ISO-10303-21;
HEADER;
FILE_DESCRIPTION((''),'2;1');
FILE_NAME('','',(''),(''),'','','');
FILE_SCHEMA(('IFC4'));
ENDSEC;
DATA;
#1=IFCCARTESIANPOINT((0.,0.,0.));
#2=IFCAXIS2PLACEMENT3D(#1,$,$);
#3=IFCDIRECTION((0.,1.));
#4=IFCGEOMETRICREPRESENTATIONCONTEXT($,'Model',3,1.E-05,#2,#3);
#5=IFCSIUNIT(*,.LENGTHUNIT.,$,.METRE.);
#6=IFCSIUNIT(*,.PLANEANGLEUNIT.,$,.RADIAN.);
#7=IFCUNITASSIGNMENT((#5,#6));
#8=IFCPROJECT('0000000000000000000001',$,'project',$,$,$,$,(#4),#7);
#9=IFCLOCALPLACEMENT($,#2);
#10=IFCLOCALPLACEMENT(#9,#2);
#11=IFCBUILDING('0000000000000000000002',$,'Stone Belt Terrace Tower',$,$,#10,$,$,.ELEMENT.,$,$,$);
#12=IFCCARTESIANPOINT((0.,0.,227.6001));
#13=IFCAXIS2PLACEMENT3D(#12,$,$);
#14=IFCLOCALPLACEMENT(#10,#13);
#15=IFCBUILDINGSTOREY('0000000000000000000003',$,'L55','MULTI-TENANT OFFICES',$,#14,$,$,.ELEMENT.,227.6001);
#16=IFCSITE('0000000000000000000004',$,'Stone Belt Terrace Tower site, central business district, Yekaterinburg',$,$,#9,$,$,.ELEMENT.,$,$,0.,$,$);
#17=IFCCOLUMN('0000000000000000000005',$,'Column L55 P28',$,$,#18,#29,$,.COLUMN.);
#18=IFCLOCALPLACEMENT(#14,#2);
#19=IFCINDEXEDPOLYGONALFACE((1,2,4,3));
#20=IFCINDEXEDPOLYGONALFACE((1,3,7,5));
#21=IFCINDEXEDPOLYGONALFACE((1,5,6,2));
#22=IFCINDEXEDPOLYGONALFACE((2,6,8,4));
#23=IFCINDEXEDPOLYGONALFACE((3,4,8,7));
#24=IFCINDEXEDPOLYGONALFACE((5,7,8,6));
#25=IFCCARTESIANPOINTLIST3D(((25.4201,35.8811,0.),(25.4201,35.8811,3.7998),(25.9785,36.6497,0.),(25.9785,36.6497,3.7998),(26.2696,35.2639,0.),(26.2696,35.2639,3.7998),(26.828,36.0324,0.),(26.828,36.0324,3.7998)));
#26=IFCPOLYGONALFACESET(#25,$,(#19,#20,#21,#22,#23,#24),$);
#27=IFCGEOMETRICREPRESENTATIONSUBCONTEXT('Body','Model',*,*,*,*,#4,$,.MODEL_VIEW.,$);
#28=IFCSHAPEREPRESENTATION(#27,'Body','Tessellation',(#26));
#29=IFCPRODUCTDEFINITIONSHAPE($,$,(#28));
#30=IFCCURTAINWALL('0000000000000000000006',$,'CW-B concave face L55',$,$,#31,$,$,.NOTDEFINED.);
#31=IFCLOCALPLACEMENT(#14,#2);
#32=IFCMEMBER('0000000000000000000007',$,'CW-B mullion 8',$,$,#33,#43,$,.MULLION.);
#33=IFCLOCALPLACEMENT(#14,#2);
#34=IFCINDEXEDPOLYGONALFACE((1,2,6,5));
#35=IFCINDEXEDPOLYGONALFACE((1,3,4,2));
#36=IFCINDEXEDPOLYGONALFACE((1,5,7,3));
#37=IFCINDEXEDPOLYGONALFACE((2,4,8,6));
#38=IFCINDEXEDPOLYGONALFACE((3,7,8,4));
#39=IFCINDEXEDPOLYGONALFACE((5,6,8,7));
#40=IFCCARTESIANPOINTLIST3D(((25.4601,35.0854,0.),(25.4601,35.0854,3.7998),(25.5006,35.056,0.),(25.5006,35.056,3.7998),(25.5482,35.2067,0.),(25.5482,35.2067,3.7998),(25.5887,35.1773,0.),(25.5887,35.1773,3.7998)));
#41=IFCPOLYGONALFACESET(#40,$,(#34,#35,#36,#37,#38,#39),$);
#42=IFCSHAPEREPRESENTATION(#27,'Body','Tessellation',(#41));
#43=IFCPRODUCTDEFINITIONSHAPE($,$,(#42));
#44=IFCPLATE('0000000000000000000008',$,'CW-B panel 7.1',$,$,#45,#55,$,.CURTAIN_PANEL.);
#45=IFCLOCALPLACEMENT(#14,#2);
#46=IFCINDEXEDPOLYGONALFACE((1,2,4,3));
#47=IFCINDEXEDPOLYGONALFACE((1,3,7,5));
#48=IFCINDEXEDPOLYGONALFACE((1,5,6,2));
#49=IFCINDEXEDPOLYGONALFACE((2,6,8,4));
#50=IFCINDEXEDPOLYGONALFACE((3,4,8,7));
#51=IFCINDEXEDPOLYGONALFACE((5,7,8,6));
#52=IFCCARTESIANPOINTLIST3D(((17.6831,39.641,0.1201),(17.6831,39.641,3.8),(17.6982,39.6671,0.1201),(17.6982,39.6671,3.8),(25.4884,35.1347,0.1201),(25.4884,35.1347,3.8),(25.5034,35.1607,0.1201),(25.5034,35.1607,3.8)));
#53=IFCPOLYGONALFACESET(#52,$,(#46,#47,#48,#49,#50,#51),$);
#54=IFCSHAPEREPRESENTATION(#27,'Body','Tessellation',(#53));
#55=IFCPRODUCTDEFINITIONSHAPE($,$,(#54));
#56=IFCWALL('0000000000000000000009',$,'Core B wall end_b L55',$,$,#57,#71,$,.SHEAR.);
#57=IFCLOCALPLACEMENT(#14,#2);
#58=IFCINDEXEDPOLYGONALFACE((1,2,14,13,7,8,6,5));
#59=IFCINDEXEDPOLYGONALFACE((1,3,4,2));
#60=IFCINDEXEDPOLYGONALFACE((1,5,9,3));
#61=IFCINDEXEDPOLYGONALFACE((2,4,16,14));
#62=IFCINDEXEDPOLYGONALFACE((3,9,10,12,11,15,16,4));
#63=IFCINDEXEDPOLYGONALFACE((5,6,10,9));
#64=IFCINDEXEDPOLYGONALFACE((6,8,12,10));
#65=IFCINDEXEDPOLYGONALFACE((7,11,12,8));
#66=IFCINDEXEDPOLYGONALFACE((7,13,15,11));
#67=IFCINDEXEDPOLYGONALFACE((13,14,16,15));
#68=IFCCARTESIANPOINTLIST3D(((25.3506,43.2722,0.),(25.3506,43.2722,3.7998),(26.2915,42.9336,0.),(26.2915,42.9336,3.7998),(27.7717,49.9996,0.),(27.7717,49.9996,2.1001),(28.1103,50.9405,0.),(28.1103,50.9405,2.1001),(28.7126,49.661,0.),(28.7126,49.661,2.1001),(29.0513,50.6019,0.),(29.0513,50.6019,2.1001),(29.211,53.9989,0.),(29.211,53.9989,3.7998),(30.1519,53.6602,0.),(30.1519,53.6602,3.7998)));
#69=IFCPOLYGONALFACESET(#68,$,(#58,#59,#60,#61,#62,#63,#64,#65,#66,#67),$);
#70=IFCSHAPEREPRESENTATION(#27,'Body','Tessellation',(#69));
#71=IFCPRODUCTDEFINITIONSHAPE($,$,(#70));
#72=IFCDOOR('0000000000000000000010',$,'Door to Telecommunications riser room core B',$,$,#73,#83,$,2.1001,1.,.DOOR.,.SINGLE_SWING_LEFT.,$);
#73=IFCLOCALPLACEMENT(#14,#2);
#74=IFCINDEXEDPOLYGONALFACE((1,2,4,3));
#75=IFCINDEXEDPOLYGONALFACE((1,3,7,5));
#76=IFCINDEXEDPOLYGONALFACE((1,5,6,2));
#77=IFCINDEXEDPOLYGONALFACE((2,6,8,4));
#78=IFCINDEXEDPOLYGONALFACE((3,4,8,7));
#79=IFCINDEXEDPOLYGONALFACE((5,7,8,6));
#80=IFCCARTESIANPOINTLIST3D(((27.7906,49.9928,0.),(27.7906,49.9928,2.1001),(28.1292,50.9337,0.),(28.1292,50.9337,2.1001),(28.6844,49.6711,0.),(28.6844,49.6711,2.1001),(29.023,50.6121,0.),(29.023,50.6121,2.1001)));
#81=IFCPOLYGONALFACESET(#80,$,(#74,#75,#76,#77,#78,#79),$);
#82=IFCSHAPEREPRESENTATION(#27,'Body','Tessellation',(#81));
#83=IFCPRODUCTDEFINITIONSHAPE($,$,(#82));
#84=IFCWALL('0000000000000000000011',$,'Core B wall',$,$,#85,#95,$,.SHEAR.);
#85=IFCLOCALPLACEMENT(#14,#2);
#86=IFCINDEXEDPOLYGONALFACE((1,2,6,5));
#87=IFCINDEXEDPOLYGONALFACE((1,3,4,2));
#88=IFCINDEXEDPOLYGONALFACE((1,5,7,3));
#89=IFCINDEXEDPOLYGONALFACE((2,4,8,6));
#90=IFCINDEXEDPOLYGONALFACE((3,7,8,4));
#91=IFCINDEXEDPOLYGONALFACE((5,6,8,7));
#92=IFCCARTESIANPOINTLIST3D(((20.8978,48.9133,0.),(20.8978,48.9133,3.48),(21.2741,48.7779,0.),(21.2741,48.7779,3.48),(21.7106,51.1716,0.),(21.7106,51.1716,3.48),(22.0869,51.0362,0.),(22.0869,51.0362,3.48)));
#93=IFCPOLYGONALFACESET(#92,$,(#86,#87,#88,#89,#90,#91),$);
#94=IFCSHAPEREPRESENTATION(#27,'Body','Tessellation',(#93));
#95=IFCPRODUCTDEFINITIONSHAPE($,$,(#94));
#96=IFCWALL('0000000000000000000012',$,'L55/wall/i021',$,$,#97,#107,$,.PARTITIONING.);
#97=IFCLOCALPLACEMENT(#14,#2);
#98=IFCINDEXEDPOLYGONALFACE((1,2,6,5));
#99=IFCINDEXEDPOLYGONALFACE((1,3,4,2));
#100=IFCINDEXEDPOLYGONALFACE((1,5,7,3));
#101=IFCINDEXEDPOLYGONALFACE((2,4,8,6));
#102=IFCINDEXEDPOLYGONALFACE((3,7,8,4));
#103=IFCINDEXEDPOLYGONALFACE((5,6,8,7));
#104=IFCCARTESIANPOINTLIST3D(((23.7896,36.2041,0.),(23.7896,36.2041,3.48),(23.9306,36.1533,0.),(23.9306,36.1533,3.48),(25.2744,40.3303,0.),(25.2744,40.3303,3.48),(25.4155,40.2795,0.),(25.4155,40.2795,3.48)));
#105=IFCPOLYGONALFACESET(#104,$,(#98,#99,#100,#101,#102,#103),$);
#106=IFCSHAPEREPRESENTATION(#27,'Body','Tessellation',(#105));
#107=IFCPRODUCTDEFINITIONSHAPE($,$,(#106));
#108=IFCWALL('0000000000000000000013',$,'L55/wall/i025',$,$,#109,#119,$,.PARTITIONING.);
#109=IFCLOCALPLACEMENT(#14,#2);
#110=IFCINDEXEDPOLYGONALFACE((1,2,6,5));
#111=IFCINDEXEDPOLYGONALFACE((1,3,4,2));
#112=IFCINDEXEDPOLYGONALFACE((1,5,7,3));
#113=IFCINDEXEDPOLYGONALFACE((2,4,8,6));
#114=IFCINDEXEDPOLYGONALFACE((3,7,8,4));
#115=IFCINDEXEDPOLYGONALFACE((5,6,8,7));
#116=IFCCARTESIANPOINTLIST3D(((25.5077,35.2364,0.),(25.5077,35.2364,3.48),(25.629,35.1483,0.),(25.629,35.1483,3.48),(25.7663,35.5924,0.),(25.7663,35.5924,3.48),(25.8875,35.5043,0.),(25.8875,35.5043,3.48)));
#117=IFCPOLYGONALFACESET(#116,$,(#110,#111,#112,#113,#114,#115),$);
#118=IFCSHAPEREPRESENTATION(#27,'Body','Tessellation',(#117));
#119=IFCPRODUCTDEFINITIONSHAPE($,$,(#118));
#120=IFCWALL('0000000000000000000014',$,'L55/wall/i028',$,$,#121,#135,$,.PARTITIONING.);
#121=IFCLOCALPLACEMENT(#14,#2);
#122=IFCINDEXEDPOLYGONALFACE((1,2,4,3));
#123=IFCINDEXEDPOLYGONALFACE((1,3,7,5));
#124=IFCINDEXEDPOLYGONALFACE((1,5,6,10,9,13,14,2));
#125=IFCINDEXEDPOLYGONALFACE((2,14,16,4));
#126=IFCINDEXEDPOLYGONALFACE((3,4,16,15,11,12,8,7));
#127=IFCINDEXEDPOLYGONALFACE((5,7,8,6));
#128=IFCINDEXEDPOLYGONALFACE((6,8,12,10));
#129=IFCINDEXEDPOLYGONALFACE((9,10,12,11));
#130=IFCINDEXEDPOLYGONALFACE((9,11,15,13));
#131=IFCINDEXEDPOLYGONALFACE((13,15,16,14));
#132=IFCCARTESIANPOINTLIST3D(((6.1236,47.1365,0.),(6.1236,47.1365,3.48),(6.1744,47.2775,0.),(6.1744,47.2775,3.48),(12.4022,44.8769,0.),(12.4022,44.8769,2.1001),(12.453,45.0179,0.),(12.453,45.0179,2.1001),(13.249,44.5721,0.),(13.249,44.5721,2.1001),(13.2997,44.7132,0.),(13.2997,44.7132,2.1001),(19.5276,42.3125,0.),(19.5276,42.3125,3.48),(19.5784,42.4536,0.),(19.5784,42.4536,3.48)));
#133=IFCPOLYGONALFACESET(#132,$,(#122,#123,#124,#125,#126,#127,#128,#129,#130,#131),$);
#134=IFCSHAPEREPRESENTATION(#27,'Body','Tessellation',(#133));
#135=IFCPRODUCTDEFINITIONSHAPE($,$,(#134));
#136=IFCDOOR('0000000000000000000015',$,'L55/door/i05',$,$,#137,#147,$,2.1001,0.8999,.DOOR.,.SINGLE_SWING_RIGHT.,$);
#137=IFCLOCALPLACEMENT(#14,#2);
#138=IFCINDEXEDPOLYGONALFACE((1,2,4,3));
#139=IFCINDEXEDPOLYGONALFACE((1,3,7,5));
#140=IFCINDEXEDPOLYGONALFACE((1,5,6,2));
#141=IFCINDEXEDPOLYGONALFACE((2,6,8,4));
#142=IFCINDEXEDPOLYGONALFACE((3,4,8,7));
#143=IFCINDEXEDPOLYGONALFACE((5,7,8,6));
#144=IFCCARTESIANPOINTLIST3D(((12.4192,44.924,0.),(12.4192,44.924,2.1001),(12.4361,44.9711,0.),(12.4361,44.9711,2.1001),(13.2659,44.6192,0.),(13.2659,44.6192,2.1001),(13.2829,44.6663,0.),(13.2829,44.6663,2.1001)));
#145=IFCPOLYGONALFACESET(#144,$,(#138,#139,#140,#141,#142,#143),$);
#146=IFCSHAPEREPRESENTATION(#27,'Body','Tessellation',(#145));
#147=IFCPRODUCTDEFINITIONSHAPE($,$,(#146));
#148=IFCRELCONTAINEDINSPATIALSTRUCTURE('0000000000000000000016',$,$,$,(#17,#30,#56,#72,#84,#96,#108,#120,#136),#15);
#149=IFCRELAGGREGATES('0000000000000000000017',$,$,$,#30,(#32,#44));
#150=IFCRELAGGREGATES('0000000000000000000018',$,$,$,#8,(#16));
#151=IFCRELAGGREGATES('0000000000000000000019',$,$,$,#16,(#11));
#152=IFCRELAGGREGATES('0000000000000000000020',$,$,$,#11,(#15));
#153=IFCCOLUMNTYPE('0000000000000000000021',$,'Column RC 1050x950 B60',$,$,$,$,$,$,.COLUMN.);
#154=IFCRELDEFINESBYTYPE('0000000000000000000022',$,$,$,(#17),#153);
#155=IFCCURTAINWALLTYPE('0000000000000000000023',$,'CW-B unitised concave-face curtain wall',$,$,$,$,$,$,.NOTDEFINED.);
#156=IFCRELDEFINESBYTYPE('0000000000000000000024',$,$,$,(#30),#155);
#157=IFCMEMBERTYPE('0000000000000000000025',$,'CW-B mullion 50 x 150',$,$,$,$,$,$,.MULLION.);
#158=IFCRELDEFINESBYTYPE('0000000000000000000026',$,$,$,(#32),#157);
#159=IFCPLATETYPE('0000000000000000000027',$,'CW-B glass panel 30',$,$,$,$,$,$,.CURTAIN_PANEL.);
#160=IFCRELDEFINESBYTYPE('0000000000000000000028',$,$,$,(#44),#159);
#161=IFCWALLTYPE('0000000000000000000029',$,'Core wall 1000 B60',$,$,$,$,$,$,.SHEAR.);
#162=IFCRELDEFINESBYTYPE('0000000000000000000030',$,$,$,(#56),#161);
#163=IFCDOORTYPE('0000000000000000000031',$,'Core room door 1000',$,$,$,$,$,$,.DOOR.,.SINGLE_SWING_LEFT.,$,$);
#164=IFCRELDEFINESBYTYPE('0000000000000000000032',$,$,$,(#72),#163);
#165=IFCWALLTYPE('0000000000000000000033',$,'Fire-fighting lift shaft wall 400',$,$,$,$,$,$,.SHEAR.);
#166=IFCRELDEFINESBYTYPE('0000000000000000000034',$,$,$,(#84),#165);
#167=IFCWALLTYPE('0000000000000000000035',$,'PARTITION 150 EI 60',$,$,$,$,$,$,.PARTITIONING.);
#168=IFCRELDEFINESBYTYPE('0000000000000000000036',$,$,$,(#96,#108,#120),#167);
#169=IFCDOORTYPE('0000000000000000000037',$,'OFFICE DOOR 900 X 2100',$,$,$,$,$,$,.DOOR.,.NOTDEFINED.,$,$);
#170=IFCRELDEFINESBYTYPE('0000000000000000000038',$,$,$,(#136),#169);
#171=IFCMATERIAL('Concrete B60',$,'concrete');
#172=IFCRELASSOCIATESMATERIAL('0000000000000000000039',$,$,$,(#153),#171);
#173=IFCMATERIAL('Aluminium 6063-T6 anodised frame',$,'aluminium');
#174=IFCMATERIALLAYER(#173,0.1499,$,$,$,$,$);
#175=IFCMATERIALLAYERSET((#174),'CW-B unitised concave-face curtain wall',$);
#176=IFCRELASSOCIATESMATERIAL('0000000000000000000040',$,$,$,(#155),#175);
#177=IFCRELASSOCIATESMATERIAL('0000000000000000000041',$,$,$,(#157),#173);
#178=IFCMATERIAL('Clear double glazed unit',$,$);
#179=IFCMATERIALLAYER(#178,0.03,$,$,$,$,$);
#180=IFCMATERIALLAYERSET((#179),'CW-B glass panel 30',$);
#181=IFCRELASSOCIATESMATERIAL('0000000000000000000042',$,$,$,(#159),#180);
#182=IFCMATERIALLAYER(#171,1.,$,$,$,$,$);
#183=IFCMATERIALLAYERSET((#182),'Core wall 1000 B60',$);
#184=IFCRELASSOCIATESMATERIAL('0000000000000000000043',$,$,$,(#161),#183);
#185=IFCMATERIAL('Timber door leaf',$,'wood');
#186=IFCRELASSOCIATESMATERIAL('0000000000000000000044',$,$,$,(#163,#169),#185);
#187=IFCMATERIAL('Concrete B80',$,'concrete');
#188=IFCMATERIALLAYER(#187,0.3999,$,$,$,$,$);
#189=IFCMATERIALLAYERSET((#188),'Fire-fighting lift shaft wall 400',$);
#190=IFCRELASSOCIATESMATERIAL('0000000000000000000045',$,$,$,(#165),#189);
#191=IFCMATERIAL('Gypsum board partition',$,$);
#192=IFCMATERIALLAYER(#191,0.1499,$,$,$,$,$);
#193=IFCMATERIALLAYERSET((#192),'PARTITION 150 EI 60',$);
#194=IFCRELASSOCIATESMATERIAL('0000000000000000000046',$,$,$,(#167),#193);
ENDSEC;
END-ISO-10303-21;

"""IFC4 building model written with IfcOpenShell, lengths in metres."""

from ifc_helpers import new_model, si_unit, direction, frame, frame_2d, origin, origin_2d, place, context, subcontext, project, spatial, rectangle, extrude, material, layer, layer_set, material_profile, profile_set, type_object, element, fill, aggregate, save


model = new_model("IFC4")

# Units and contexts
model_context = context("Model", 3, precision=1e-05, world=origin(), true_north=direction((0.0, 1.0)))
body_context = subcontext(model_context, "Body", "Model", "MODEL_VIEW")
ifc_project = project(units=[si_unit("LENGTHUNIT", "METRE"), si_unit("PLANEANGLEUNIT", "RADIAN")], contexts=[model_context])

# Site, building, storey
site_placement = place(None, origin())
site = spatial("IfcSite", under=ifc_project, at=site_placement, Name="Stone Belt Terrace Tower site, central business district, Yekaterinburg", CompositionType="ELEMENT", RefElevation=0.0)
building_placement = place(site_placement, origin())
building = spatial("IfcBuilding", under=site, at=building_placement, Name="Stone Belt Terrace Tower", CompositionType="ELEMENT")
storey_placement = place(building_placement, frame((0.0, 0.0, 227.6001)))
storey = spatial("IfcBuildingStorey", under=building, at=storey_placement, Name="L55", Description="MULTI-TENANT OFFICES", CompositionType="ELEMENT", Elevation=227.6001)

# Column
ifc_material_1 = material(Name="Concrete B60", Category="concrete")
ifc_material_profile_1 = material_profile(ifc_material_1, rectangle(XDim=1.05, YDim=0.95, at=origin_2d()), Name="RC 1050x950")
ifc_profile_set_1 = profile_set([ifc_material_profile_1], Name="Concrete B60")
column_type = type_object("IfcColumnType", Name="Column RC 1050x950 B60", PredefinedType="COLUMN", material=ifc_profile_set_1)
column_placement = place(storey_placement, frame((26.124, 35.9568, 0.0), z_axis=(0.0, 0.0, 1.0), x_axis=(0.809017, -0.587785, 0.0)))
element("IfcColumn", 1, at=column_placement, inside=storey, type_object=column_type, Name="Column L55 P28", PredefinedType="COLUMN", context=body_context, shape_type="SweptSolid", body=[
    extrude(rectangle(XDim=1.05, YDim=0.95, at=origin_2d()), origin(), (0.0, 0.0, 1.0), 3.7998),
])

# Curtain wall, member, plate
ifc_material_2 = material(Name="Aluminium 6063-T6 anodised frame", Category="aluminium")
ifc_layer_1 = layer(ifc_material_2, 0.1499)
ifc_layer_set_1 = layer_set([ifc_layer_1], Name="CW-B unitised concave-face curtain wall")
curtain_wall_type = type_object("IfcCurtainWallType", Name="CW-B unitised concave-face curtain wall", PredefinedType="NOTDEFINED", material=ifc_layer_set_1)
curtain_wall_placement = place(storey_placement, origin())
curtain_wall = element("IfcCurtainWall", 2, at=curtain_wall_placement, inside=storey, type_object=curtain_wall_type, Name="CW-B concave face L55", PredefinedType="NOTDEFINED")
ifc_material_profile_2 = material_profile(ifc_material_2, rectangle(XDim=0.1499, YDim=0.05, at=origin_2d()), Name="Aluminium 6063-T6 50x150")
ifc_profile_set_2 = profile_set([ifc_material_profile_2], Name="Aluminium 6063-T6 anodised frame")
member_type = type_object("IfcMemberType", Name="CW-B mullion 50 x 150", PredefinedType="MULLION", material=ifc_profile_set_2)
member_placement = place(storey_placement, frame((25.5244, 35.1313, 0.0), z_axis=(0.0, 0.0, 1.0), x_axis=(0.587785, 0.809017, 0.0)))
member = element("IfcMember", 3, at=member_placement, type_object=member_type, Name="CW-B mullion 8", PredefinedType="MULLION", context=body_context, shape_type="SweptSolid", body=[
    extrude(rectangle(XDim=0.1499, YDim=0.05, at=origin_2d()), origin(), (0.0, 0.0, 1.0), 3.7998),
])
ifc_material_3 = material(Name="Clear double glazed unit")
ifc_layer_2 = layer(ifc_material_3, 0.03)
ifc_layer_set_2 = layer_set([ifc_layer_2], Name="CW-B glass panel 30")
plate_type = type_object("IfcPlateType", Name="CW-B glass panel 30", PredefinedType="CURTAIN_PANEL", material=ifc_layer_set_2)
plate_placement = place(storey_placement, frame((21.5933, 37.4009, 0.1201), z_axis=(0.0, 0.0, 1.0), x_axis=(0.866025, -0.5, 0.0)))
plate = element("IfcPlate", 4, at=plate_placement, type_object=plate_type, Name="CW-B panel 7.1", PredefinedType="CURTAIN_PANEL", context=body_context, shape_type="SweptSolid", body=[
    extrude(rectangle(XDim=9.0127, YDim=0.03, at=origin_2d()), origin(), (0.0, 0.0, 1.0), 3.6799),
])
aggregate(curtain_wall, [member, plate])

# Wall, opening, door
ifc_layer_3 = layer(ifc_material_1, 1.0)
ifc_layer_set_3 = layer_set([ifc_layer_3], Name="Core wall 1000 B60")
wall_type_1 = type_object("IfcWallType", Name="Core wall 1000 B60", PredefinedType="SHEAR", material=ifc_layer_set_3)
wall_1_placement = place(storey_placement, frame((25.821, 43.1028, 0.0), z_axis=(0.0, 0.0, 1.0), x_axis=(0.338625, 0.940921, 0.0)))
wall_1 = element("IfcWall", 5, at=wall_1_placement, inside=storey, type_object=wall_type_1, Name="Core B wall end_b L55", PredefinedType="SHEAR", context=body_context, shape_type="SweptSolid", body=[
    extrude(rectangle(XDim=11.4001, YDim=1.0, at=frame_2d((5.7002, 0.0))), origin(), (0.0, 0.0, 1.0), 3.7998),
])
opening_1_placement = place(wall_1_placement, frame((7.1499, 0.0, 0.0)))
opening_1 = element("IfcOpeningElement", 6, at=opening_1_placement, cuts=wall_1, PredefinedType="OPENING", context=body_context, shape_type="SweptSolid", body=[
    extrude(rectangle(XDim=1.0, YDim=2.1001, at=frame_2d((0.5, 1.05))), frame((0.0, 0.51, 0.0), z_axis=(0.0, -1.0, 0.0), x_axis=(1.0, 0.0, 0.0)), (0.0, 0.0, 1.0), 1.02),
])
ifc_material_4 = material(Name="Timber door leaf", Category="wood")
door_type_1 = type_object("IfcDoorType", Name="Core room door 1000", OperationType="SINGLE_SWING_LEFT", PredefinedType="DOOR", material=ifc_material_4)
door_1_placement = place(opening_1_placement, origin())
door_1 = element("IfcDoor", 7, at=door_1_placement, inside=storey, type_object=door_type_1, Name="Door to Telecommunications riser room core B", OperationType="SINGLE_SWING_LEFT", OverallHeight=2.1001, OverallWidth=1.0, PredefinedType="DOOR", context=body_context, shape_type="SweptSolid", body=[
    extrude(rectangle(XDim=1.0, YDim=2.1001, at=frame_2d((0.5, 1.05))), frame((0.0, 0.48, 0.0), z_axis=(0.0, -1.0, 0.0), x_axis=(1.0, 0.0, 0.0)), (0.0, 0.0, 1.0), 0.95),
])
fill(opening_1, door_1)

# Walls
ifc_material_5 = material(Name="Concrete B80", Category="concrete")
ifc_layer_4 = layer(ifc_material_5, 0.3999)
ifc_layer_set_4 = layer_set([ifc_layer_4], Name="Fire-fighting lift shaft wall 400")
wall_type_2 = type_object("IfcWallType", Name="Fire-fighting lift shaft wall 400", PredefinedType="SHEAR", material=ifc_layer_set_4)
wall_2_placement = place(storey_placement, frame((21.0859, 48.8455, 0.0), z_axis=(0.0, 0.0, 1.0), x_axis=(0.338629, 0.94092, 0.0)))
element("IfcWall", 8, at=wall_2_placement, inside=storey, type_object=wall_type_2, Name="Core B wall", PredefinedType="SHEAR", context=body_context, shape_type="SweptSolid", body=[
    extrude(rectangle(XDim=2.4001, YDim=0.3999, at=frame_2d((1.2002, 0.0))), origin(), (0.0, 0.0, 1.0), 3.48),
])
ifc_material_6 = material(Name="Gypsum board partition")
ifc_layer_5 = layer(ifc_material_6, 0.1499)
ifc_layer_set_5 = layer_set([ifc_layer_5], Name="PARTITION 150 EI 60")
wall_type_3 = type_object("IfcWallType", Name="PARTITION 150 EI 60", PredefinedType="PARTITIONING", material=ifc_layer_set_5)
wall_3_placement = place(storey_placement, frame((23.8601, 36.1787, 0.0), z_axis=(0.0, 0.0, 1.0), x_axis=(0.338603, 0.940929, 0.0)))
element("IfcWall", 9, at=wall_3_placement, inside=storey, type_object=wall_type_3, Name="L55/wall/i021", PredefinedType="PARTITIONING", context=body_context, shape_type="SweptSolid", body=[
    extrude(rectangle(XDim=4.3853, YDim=0.1499, at=frame_2d((2.1926, 0.0))), origin(), (0.0, 0.0, 1.0), 3.48),
])
wall_4_placement = place(storey_placement, frame((25.8269, 35.5483, 0.0), z_axis=(0.0, 0.0, 1.0), x_axis=(-0.587677, -0.809096, 0.0)))
element("IfcWall", 10, at=wall_4_placement, inside=storey, type_object=wall_type_3, Name="L55/wall/i025", PredefinedType="PARTITIONING", context=body_context, shape_type="SweptSolid", body=[
    extrude(rectangle(XDim=0.4399, YDim=0.1499, at=frame_2d((0.22, 0.0))), origin(), (0.0, 0.0, 1.0), 3.48),
])

# Wall, opening, door
wall_5_placement = place(storey_placement, frame((19.553, 42.3831, 0.0), z_axis=(0.0, 0.0, 1.0), x_axis=(-0.940921, 0.338627, 0.0)))
wall_5 = element("IfcWall", 11, at=wall_5_placement, inside=storey, type_object=wall_type_3, Name="L55/wall/i028", PredefinedType="PARTITIONING", context=body_context, shape_type="SweptSolid", body=[
    extrude(rectangle(XDim=14.2456, YDim=0.1499, at=frame_2d((7.1228, 0.0))), origin(), (0.0, 0.0, 1.0), 3.48),
])
opening_2_placement = place(wall_5_placement, frame((6.6729, 0.0, 0.0)))
opening_2 = element("IfcOpeningElement", 12, at=opening_2_placement, cuts=wall_5, PredefinedType="OPENING", context=body_context, shape_type="SweptSolid", body=[
    extrude(rectangle(XDim=0.8999, YDim=2.1001, at=frame_2d((0.45, 1.05))), frame((0.0, 0.085, 0.0), z_axis=(0.0, -1.0, 0.0), x_axis=(1.0, 0.0, 0.0)), (0.0, 0.0, 1.0), 0.1699),
])
door_type_2 = type_object("IfcDoorType", Name="OFFICE DOOR 900 X 2100", OperationType="NOTDEFINED", PredefinedType="DOOR", material=ifc_material_4)
door_2_placement = place(opening_2_placement, origin())
door_2 = element("IfcDoor", 13, at=door_2_placement, inside=storey, type_object=door_type_2, Name="L55/door/i05", OperationType="SINGLE_SWING_RIGHT", OverallHeight=2.1001, OverallWidth=0.8999, PredefinedType="DOOR", context=body_context, shape_type="SweptSolid", body=[
    extrude(rectangle(XDim=0.8999, YDim=2.1001, at=frame_2d((0.45, 1.05))), frame((0.0, 0.0249, 0.0), z_axis=(0.0, -1.0, 0.0), x_axis=(1.0, 0.0, 0.0)), (0.0, 0.0, 1.0), 0.05),
])
fill(opening_2, door_2)

save(model, "model.ifc")
